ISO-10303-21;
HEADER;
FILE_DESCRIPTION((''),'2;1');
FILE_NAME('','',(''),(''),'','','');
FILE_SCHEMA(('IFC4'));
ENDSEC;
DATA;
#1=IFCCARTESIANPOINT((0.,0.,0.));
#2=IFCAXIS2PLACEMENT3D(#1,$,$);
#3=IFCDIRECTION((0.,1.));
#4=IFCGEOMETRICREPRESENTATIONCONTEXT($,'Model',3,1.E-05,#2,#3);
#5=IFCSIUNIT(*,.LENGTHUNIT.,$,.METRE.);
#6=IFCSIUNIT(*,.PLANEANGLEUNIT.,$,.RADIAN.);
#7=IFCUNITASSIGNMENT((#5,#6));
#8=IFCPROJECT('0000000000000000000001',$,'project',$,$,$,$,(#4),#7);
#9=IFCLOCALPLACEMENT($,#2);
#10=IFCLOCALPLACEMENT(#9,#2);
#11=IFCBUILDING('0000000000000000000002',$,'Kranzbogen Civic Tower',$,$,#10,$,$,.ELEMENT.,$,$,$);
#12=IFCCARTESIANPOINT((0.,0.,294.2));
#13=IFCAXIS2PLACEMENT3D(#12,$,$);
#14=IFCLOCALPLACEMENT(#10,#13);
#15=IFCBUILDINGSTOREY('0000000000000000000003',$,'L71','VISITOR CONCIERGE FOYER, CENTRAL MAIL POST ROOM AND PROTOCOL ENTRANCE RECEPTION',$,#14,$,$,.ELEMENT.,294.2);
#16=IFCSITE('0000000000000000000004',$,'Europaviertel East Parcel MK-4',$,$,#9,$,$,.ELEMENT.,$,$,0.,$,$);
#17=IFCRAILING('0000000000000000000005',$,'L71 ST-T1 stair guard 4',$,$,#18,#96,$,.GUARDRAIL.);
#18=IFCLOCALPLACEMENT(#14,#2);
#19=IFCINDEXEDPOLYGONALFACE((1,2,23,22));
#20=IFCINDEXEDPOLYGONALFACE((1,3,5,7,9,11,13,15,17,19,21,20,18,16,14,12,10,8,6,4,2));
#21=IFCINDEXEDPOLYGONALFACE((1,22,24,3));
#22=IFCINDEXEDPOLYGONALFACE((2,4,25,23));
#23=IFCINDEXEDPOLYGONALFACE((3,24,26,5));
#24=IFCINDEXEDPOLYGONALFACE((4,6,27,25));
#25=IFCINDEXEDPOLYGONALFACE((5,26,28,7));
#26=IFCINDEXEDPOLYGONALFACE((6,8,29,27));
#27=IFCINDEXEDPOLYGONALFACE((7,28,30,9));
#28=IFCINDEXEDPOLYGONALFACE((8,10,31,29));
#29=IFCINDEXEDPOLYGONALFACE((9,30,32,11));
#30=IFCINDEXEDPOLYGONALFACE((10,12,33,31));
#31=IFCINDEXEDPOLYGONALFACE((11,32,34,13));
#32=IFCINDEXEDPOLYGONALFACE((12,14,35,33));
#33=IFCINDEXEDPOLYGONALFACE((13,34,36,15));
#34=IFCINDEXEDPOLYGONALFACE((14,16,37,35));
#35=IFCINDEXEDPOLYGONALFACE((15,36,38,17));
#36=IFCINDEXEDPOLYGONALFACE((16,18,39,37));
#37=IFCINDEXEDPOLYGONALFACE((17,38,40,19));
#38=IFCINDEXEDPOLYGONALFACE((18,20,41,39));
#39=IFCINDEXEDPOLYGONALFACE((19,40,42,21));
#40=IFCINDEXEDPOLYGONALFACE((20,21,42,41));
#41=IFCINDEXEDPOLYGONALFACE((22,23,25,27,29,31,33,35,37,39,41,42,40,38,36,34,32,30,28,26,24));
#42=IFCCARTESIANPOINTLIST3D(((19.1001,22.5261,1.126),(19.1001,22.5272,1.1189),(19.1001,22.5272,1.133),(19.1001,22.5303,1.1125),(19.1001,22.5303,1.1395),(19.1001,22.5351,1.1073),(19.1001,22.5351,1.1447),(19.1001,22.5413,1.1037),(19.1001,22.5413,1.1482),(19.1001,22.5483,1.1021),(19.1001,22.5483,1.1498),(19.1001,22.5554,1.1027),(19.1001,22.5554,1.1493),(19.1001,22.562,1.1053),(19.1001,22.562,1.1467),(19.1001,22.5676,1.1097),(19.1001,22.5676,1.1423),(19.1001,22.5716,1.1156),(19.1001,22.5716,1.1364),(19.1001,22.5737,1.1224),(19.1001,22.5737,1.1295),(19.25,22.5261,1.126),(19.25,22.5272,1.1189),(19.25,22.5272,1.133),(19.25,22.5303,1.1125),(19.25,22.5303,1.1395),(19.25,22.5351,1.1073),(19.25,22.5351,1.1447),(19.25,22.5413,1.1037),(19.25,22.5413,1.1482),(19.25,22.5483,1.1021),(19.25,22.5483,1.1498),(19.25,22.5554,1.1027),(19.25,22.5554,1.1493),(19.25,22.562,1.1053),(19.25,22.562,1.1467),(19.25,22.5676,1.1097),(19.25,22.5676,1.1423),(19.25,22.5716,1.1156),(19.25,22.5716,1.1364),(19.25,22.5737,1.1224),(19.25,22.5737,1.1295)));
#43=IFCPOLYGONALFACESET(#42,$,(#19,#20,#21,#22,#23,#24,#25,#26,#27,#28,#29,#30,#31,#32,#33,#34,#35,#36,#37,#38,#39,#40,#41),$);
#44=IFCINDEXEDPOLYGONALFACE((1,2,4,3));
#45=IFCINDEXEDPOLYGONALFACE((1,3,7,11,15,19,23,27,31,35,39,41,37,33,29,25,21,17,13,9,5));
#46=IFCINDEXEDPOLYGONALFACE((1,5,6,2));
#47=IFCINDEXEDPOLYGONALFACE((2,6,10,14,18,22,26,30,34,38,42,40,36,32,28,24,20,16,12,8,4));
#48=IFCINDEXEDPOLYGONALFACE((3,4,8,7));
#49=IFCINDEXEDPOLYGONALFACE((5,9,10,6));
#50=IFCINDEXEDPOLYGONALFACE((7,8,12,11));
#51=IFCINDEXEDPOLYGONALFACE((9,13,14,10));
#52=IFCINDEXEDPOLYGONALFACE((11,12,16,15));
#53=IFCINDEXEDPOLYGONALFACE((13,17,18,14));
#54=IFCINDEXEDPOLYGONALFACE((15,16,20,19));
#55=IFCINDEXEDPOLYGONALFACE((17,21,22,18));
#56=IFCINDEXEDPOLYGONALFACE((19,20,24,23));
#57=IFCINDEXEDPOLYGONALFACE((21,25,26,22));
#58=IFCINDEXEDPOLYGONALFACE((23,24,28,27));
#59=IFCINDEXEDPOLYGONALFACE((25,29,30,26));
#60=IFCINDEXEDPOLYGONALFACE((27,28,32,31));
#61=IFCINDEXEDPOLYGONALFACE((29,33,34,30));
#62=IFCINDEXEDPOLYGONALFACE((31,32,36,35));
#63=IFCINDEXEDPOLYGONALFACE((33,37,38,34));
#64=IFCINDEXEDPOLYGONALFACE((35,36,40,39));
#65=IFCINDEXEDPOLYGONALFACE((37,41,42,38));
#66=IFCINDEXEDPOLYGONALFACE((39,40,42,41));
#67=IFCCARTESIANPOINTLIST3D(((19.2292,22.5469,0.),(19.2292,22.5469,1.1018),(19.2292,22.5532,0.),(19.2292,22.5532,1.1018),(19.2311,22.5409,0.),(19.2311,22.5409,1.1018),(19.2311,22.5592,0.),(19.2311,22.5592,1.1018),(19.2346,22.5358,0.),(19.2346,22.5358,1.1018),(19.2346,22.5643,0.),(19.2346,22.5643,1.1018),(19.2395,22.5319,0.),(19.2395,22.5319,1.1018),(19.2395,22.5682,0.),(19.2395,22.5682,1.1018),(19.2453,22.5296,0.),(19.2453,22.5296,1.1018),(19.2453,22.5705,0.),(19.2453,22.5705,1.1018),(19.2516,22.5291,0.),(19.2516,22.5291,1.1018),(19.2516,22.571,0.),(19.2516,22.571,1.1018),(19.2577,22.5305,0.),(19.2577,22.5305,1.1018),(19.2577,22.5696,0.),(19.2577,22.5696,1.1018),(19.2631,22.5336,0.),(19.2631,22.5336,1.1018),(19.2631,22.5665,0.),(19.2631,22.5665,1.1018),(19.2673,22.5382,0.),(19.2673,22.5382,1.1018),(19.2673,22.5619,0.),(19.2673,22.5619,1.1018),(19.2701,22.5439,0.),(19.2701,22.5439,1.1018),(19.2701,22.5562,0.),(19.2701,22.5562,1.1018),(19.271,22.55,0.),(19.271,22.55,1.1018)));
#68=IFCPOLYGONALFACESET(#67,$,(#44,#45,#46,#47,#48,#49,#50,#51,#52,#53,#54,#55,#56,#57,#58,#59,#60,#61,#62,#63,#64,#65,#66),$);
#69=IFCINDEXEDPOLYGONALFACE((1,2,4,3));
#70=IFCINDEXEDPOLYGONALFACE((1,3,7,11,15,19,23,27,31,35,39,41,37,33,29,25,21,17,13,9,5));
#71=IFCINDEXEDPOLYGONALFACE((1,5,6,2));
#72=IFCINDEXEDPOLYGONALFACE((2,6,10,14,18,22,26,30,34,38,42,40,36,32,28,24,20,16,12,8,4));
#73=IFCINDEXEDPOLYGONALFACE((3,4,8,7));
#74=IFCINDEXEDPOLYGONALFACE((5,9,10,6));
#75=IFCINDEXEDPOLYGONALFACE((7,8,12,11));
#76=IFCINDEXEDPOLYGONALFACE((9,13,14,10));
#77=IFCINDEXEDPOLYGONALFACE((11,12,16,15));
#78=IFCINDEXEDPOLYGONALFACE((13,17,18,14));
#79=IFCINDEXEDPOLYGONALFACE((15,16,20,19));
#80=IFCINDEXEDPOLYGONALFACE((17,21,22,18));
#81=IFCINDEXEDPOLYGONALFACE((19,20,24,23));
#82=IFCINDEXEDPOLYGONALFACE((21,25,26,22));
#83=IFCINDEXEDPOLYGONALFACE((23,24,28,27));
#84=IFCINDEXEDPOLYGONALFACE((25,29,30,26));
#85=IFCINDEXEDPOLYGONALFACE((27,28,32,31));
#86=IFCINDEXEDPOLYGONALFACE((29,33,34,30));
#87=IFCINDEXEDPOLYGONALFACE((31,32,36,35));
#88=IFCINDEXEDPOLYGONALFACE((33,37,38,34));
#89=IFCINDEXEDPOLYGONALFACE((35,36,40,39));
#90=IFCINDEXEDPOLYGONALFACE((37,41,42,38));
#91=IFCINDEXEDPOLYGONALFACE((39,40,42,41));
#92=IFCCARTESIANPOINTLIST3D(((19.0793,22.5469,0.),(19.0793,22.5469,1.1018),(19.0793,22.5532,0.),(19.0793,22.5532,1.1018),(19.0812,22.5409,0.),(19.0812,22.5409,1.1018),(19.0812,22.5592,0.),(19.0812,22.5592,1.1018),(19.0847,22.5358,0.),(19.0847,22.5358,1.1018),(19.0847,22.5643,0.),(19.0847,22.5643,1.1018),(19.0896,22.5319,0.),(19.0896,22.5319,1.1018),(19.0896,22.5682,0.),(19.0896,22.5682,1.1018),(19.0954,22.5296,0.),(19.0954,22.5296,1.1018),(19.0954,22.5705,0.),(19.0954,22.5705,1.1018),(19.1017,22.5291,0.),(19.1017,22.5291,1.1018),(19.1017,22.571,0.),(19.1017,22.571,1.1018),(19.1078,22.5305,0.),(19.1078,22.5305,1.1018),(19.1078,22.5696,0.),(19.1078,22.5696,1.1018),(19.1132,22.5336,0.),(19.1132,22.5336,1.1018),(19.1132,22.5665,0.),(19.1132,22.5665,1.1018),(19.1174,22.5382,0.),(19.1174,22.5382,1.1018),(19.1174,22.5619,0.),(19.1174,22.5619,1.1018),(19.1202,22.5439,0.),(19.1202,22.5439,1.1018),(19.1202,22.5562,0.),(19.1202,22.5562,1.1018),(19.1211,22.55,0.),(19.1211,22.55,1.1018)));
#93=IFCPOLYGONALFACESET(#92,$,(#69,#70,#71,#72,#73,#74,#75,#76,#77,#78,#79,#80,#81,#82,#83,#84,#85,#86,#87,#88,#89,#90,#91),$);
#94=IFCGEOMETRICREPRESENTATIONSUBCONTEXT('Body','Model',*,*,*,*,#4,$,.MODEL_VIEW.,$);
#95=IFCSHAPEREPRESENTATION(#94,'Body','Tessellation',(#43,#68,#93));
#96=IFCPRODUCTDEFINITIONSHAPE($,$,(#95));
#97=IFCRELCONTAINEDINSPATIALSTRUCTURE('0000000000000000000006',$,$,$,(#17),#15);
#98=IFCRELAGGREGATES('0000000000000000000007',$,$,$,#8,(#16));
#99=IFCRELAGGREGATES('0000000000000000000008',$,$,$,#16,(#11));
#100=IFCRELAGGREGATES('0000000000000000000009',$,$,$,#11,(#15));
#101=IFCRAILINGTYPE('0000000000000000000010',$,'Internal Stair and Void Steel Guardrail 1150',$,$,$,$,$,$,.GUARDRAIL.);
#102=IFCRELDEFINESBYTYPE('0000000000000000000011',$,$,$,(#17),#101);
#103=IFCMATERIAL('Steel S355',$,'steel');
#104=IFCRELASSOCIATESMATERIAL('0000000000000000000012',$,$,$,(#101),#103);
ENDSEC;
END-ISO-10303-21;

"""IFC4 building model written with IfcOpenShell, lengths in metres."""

from ifc_helpers import new_model, si_unit, direction, frame, origin, origin_2d, place, context, subcontext, project, spatial, circle, extrude, material, type_object, element, save


model = new_model("IFC4")

# Units and contexts
model_context = context("Model", 3, precision=1e-05, world=origin(), true_north=direction((0.0, 1.0)))
body_context = subcontext(model_context, "Body", "Model", "MODEL_VIEW")
ifc_project = project(units=[si_unit("LENGTHUNIT", "METRE"), si_unit("PLANEANGLEUNIT", "RADIAN")], contexts=[model_context])

# Site, building, storey
site_placement = place(None, origin())
site = spatial("IfcSite", under=ifc_project, at=site_placement, Name="Europaviertel East Parcel MK-4", CompositionType="ELEMENT", RefElevation=0.0)
building_placement = place(site_placement, origin())
building = spatial("IfcBuilding", under=site, at=building_placement, Name="Kranzbogen Civic Tower", CompositionType="ELEMENT")
storey_placement = place(building_placement, frame((0.0, 0.0, 294.2)))
storey = spatial("IfcBuildingStorey", under=building, at=storey_placement, Name="L71", Description="VISITOR CONCIERGE FOYER, CENTRAL MAIL POST ROOM AND PROTOCOL ENTRANCE RECEPTION", CompositionType="ELEMENT", Elevation=294.2)

# Shared definitions
ifc_material_1 = material(Name="Steel S355", Category="steel")

# Railing
railing_type_1 = type_object("IfcRailingType", Name="Internal Stair and Void Steel Guardrail 1150", PredefinedType="GUARDRAIL", material=ifc_material_1)
railing_1_placement = place(storey_placement, frame((19.25, 22.55, 0.0)))
element("IfcRailing", 1, at=railing_1_placement, inside=storey, type_object=railing_type_1, Name="L71 ST-T1 stair guard 4", PredefinedType="GUARDRAIL", context=body_context, shape_type="SweptSolid", body=[
    extrude(circle(Radius=0.0239, at=origin_2d()), frame((0.0, 0.0, 1.126), z_axis=(-1.0, 0.0, 0.0), x_axis=(0.0, -1.0, 0.0)), (0.0, 0.0, 1.0), 0.1499),
    extrude(circle(Radius=0.021, at=origin_2d()), origin(), (0.0, 0.0, 1.0), 1.1018),
    extrude(circle(Radius=0.021, at=origin_2d()), frame((-0.1499, 0.0, 0.0)), (0.0, 0.0, 1.0), 1.1018),
])

save(model, "model.ifc")
